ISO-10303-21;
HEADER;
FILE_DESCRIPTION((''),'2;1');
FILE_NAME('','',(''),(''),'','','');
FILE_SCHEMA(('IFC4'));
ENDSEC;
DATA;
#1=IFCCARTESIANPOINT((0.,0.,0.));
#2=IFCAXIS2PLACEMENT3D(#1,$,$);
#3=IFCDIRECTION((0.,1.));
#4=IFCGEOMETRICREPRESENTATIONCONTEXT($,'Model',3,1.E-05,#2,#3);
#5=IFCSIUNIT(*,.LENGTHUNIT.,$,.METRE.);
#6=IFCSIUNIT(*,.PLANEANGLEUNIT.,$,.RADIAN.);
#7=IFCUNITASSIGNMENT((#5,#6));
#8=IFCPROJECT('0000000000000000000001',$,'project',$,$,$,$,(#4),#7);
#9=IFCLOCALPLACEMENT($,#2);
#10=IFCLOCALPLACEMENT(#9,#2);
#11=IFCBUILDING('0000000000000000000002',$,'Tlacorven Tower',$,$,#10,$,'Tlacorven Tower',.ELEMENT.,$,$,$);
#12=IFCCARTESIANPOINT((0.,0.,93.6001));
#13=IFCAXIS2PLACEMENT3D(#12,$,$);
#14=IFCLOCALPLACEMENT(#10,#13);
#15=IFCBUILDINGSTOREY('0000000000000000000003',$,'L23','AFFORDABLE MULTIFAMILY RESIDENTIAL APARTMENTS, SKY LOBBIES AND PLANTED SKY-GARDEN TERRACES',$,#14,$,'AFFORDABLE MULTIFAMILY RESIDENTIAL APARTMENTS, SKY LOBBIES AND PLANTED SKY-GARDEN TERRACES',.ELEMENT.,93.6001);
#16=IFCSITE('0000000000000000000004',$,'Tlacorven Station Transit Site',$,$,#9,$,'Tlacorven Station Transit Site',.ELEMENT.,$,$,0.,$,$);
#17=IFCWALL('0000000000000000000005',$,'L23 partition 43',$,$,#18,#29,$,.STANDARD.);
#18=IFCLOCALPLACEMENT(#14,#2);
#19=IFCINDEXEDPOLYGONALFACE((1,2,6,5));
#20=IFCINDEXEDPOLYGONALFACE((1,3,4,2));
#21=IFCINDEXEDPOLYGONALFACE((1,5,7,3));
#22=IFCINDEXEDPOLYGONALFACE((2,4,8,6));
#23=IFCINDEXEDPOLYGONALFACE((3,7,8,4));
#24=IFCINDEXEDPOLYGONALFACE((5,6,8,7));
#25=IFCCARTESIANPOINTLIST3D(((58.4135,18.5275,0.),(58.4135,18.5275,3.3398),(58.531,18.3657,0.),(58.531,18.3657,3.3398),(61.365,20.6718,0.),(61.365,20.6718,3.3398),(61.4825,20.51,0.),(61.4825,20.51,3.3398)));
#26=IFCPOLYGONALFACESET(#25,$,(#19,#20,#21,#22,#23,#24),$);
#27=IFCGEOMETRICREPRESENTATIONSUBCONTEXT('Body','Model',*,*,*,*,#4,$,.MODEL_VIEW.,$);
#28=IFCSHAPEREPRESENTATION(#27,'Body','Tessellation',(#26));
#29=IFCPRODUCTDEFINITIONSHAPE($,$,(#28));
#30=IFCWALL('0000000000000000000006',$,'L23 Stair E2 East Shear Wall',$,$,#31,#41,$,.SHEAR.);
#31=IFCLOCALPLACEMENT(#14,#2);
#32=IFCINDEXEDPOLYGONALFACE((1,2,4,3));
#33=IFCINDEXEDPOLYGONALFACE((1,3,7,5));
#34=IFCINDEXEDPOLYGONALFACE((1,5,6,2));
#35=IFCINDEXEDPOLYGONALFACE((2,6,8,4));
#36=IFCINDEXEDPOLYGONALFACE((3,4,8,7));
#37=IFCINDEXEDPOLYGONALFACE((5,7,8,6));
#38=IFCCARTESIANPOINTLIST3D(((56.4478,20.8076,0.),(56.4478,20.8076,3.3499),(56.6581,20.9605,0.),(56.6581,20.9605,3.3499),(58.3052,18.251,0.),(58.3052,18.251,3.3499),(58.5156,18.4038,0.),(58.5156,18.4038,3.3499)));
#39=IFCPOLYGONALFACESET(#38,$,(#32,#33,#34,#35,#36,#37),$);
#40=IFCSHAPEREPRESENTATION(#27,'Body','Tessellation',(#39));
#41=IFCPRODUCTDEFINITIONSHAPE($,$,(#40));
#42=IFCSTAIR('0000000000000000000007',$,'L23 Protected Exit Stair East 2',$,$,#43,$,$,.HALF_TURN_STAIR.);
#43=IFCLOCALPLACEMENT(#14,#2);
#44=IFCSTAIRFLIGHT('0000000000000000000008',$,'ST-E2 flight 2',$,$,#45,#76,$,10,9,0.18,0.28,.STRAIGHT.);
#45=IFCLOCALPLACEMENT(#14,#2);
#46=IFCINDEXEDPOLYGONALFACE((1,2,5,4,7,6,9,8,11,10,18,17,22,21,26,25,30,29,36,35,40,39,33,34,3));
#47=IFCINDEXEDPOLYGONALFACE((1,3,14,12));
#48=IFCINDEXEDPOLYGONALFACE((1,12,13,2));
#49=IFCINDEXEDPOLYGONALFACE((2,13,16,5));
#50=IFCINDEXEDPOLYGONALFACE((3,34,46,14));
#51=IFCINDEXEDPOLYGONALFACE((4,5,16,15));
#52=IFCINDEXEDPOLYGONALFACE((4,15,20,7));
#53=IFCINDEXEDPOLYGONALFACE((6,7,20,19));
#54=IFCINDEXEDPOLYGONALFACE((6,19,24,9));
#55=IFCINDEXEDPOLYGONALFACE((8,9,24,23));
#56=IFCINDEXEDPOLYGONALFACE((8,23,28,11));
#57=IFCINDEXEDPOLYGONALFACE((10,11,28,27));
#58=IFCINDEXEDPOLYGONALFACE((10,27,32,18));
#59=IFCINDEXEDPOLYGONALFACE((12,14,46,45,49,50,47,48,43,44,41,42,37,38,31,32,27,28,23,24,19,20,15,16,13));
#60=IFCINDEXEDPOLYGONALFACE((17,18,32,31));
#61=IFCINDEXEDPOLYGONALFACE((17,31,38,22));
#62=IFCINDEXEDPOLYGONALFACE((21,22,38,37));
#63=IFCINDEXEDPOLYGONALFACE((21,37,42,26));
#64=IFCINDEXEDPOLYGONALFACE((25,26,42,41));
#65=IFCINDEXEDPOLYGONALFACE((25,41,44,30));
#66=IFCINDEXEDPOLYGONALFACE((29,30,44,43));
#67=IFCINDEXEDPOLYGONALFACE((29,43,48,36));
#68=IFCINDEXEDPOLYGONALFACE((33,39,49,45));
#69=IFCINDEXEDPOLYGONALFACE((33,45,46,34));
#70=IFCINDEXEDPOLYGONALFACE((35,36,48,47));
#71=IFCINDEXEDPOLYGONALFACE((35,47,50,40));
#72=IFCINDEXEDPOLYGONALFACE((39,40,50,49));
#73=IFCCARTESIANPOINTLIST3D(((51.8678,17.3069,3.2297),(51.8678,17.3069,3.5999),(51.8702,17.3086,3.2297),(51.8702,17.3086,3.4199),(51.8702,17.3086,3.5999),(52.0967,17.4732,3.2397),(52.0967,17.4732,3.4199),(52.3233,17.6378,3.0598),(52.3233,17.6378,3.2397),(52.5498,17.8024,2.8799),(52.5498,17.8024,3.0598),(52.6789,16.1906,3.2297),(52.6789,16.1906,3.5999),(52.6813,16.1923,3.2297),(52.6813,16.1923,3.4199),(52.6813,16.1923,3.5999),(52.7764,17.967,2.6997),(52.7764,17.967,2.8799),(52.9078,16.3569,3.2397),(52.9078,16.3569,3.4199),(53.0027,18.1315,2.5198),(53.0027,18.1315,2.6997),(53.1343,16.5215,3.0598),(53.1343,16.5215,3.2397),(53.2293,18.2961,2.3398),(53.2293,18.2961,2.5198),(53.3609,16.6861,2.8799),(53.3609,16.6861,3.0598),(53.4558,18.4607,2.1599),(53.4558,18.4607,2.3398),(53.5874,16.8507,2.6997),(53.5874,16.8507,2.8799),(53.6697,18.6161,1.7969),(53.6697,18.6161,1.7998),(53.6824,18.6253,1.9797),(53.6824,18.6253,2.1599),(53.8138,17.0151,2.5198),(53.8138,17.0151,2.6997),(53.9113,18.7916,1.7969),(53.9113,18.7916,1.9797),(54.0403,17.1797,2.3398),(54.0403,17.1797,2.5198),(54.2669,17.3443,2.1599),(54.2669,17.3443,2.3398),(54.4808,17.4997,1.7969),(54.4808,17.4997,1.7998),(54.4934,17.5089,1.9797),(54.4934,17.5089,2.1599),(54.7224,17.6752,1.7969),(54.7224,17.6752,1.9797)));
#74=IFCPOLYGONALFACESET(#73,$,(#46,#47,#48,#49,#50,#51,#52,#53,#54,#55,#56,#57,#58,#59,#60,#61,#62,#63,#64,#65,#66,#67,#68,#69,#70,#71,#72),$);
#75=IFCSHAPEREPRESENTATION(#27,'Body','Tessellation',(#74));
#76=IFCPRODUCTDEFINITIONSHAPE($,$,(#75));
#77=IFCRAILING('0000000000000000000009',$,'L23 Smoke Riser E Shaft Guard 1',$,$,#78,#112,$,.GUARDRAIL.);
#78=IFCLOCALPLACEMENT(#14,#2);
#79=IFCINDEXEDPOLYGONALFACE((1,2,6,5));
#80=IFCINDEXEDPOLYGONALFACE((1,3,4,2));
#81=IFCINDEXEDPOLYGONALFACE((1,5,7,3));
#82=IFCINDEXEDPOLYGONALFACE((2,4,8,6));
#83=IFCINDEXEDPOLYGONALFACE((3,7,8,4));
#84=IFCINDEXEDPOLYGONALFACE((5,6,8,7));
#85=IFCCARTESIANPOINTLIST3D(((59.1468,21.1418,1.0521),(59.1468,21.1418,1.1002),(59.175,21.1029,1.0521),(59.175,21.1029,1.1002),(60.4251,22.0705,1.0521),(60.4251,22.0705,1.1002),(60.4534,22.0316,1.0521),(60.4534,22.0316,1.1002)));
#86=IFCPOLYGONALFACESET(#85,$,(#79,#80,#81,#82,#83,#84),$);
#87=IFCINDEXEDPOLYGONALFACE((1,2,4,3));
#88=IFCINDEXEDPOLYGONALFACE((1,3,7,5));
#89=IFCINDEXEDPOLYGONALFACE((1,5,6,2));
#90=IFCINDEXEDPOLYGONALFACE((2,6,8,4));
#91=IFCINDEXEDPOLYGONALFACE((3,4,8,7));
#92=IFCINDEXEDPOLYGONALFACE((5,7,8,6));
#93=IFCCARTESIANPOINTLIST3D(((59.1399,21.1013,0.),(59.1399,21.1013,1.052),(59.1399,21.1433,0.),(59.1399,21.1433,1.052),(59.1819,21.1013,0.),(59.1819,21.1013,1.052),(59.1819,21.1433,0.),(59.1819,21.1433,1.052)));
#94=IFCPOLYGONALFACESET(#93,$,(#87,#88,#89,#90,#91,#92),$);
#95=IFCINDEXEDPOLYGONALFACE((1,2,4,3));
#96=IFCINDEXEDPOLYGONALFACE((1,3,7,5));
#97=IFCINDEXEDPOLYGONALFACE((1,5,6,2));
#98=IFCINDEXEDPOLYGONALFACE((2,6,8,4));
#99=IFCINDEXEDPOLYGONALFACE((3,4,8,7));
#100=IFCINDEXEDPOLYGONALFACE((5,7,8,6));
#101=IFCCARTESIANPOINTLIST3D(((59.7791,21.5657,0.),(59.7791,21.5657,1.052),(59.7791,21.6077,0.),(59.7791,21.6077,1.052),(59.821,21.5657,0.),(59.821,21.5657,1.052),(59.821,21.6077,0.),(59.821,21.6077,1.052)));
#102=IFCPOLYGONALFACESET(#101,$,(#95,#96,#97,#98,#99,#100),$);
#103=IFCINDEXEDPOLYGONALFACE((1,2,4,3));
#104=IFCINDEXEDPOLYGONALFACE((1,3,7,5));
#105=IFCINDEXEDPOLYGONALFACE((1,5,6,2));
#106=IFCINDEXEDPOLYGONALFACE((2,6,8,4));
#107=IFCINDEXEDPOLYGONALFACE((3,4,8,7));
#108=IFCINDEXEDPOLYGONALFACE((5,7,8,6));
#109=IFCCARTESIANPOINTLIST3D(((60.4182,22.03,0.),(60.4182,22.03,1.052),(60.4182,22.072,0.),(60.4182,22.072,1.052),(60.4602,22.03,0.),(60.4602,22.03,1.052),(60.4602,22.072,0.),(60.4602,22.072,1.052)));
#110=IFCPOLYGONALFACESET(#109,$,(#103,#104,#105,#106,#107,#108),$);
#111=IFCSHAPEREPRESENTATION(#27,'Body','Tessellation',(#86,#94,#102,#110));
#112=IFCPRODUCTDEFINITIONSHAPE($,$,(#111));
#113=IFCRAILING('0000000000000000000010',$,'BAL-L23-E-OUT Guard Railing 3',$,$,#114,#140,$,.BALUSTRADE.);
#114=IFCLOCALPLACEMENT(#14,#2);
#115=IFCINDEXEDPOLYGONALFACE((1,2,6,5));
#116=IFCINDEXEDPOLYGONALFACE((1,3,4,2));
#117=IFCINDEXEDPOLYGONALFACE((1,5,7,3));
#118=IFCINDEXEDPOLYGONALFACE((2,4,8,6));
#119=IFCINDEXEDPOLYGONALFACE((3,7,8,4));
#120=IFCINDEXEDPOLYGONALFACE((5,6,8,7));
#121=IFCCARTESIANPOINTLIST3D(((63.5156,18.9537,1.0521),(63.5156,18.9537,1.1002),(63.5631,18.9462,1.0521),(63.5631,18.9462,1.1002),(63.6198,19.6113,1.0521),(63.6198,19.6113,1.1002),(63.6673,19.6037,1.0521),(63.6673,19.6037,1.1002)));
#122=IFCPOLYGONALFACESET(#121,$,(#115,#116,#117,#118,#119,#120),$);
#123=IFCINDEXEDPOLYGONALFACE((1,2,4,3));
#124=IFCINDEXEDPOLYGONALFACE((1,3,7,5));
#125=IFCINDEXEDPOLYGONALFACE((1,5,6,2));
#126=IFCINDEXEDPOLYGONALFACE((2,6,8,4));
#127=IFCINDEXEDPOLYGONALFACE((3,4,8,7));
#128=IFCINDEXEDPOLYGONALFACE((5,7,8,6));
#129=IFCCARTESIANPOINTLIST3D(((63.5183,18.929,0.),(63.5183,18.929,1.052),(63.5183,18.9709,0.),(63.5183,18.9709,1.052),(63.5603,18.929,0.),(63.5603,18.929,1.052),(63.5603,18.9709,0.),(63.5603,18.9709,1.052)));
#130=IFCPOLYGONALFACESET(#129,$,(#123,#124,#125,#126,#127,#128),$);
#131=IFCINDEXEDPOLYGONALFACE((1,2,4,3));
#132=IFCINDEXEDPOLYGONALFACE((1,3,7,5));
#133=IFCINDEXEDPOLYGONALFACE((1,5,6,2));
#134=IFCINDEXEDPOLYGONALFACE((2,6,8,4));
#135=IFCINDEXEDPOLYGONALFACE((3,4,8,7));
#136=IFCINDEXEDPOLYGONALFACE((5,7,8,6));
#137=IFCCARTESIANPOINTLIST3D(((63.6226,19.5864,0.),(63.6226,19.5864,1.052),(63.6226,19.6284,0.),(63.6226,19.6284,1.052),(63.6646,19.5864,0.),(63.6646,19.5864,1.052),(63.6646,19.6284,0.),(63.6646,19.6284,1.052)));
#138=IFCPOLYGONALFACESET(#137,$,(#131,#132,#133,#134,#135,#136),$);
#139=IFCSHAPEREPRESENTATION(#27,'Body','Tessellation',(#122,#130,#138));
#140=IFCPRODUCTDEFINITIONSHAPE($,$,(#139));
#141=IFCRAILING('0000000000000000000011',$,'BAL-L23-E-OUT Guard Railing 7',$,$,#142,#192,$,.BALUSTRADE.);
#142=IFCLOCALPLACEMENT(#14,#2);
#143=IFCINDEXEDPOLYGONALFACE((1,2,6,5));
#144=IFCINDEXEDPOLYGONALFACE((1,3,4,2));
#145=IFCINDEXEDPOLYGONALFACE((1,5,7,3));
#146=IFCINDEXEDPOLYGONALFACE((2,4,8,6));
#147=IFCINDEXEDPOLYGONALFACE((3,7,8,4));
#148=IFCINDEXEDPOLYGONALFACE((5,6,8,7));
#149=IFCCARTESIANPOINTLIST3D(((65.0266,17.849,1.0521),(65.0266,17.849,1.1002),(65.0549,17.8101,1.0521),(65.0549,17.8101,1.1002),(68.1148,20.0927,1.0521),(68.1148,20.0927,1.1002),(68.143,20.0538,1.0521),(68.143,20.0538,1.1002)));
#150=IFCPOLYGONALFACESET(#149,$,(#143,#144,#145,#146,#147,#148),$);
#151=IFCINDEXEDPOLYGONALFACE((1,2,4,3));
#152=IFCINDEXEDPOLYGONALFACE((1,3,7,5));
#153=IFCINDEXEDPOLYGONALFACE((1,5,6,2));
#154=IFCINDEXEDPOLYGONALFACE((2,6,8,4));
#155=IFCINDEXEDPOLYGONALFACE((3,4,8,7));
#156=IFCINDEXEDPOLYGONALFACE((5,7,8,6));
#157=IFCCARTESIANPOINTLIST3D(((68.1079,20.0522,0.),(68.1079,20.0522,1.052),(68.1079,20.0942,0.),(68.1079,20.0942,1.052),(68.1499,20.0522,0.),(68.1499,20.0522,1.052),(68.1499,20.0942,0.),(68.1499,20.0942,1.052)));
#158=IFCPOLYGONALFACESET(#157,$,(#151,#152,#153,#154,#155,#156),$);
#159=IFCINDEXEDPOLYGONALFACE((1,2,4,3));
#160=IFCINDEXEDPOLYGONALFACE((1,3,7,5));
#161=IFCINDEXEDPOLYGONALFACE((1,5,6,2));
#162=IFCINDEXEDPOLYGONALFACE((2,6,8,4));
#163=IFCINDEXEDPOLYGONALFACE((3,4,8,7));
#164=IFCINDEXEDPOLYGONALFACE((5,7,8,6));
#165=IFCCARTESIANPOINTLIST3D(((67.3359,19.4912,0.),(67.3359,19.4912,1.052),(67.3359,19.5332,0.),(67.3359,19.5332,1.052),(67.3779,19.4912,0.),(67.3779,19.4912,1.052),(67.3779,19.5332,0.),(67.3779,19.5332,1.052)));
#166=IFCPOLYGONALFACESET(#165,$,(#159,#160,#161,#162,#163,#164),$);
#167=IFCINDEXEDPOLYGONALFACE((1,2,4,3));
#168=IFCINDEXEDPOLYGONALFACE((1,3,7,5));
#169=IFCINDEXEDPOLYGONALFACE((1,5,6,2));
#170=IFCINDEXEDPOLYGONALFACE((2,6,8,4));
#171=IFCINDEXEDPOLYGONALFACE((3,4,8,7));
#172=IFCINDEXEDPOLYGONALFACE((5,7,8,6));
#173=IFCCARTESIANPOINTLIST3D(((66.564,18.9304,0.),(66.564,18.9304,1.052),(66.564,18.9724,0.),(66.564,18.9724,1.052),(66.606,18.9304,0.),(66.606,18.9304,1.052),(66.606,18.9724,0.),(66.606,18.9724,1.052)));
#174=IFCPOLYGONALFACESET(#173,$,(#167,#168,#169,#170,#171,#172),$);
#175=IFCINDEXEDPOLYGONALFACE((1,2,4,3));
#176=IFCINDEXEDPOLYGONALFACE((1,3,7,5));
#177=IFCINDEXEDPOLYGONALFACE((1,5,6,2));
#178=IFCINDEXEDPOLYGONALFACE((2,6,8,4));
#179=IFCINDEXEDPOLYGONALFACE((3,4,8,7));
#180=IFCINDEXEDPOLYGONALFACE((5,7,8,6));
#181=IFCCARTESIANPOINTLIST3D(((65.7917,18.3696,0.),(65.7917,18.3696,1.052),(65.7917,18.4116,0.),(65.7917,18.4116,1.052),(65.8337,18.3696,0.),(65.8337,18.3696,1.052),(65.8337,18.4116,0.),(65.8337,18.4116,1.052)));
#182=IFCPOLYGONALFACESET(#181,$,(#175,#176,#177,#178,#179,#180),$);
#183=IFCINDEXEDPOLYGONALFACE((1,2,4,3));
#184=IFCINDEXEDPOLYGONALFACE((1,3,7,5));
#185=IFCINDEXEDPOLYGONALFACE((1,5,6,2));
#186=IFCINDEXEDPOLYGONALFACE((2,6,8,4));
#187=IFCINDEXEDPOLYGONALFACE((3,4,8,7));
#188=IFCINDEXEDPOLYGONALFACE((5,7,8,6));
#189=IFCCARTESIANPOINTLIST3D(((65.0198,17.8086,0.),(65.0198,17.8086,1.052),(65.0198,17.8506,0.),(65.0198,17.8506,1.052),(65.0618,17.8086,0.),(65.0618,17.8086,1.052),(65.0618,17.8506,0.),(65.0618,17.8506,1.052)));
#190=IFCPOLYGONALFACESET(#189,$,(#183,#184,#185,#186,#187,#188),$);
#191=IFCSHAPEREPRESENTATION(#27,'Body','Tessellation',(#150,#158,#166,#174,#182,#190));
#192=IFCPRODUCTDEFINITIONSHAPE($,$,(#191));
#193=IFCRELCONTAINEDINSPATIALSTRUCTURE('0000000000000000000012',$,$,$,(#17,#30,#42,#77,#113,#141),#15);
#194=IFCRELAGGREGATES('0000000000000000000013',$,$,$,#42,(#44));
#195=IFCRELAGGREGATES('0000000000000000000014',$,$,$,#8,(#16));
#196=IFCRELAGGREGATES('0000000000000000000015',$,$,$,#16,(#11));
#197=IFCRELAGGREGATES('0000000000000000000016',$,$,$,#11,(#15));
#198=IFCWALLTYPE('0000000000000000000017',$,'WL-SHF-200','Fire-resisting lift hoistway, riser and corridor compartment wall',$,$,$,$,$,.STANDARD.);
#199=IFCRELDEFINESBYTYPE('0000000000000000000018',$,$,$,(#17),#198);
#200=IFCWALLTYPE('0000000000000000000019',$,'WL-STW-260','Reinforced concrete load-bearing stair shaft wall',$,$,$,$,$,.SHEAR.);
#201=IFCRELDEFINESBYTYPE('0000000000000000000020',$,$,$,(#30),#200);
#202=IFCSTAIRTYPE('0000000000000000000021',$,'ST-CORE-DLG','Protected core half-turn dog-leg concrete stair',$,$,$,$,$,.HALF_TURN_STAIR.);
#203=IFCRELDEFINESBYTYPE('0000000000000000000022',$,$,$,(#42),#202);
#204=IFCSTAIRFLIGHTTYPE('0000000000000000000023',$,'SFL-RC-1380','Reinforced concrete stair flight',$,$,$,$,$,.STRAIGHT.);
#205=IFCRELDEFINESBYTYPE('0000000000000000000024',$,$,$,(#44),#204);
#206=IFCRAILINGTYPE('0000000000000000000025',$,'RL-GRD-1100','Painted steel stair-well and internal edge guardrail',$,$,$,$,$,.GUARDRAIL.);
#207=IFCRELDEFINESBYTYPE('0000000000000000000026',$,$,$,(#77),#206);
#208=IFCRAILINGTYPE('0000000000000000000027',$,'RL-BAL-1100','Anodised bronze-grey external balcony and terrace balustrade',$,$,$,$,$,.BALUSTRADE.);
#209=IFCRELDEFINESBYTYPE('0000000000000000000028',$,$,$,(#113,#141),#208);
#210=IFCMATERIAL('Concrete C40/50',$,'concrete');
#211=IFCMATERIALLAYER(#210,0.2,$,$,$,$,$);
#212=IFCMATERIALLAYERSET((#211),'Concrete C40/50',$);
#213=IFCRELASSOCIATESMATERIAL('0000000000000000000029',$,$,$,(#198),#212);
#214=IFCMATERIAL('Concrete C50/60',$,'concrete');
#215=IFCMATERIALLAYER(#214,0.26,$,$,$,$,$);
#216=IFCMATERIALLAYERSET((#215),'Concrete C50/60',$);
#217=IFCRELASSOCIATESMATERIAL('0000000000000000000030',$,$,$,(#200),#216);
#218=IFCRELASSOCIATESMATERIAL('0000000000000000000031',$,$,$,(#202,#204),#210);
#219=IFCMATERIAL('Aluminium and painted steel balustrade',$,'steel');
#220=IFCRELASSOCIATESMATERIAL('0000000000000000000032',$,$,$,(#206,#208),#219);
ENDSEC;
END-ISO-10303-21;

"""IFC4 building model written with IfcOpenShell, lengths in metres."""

from ifc_helpers import new_model, si_unit, direction, frame, frame_2d, origin, origin_2d, place, context, subcontext, project, spatial, polyline, rectangle, outline, extrude, source, transform, mapped, material, layer, layer_set, type_object, element, aggregate, save


model = new_model("IFC4")

# Units and contexts
model_context = context("Model", 3, precision=1e-05, world=origin(), true_north=direction((0.0, 1.0)))
body_context = subcontext(model_context, "Body", "Model", "MODEL_VIEW")
ifc_project = project(units=[si_unit("LENGTHUNIT", "METRE"), si_unit("PLANEANGLEUNIT", "RADIAN")], contexts=[model_context])

# Site, building, storey
site_placement = place(None, origin())
site = spatial("IfcSite", under=ifc_project, at=site_placement, Name="Tlacorven Station Transit Site", LongName="Tlacorven Station Transit Site", CompositionType="ELEMENT", RefElevation=0.0)
building_placement = place(site_placement, origin())
building = spatial("IfcBuilding", under=site, at=building_placement, Name="Tlacorven Tower", LongName="Tlacorven Tower", CompositionType="ELEMENT")
storey_placement = place(building_placement, frame((0.0, 0.0, 93.6001)))
storey = spatial("IfcBuildingStorey", under=building, at=storey_placement, Name="L23", Description="AFFORDABLE MULTIFAMILY RESIDENTIAL APARTMENTS, SKY LOBBIES AND PLANTED SKY-GARDEN TERRACES", LongName="AFFORDABLE MULTIFAMILY RESIDENTIAL APARTMENTS, SKY LOBBIES AND PLANTED SKY-GARDEN TERRACES", CompositionType="ELEMENT", Elevation=93.6001)

# Shared definitions
ifc_material_1 = material(Name="Concrete C40/50", Category="concrete")
ifc_layer_1 = layer(ifc_material_1, 0.2)
ifc_layer_set_1 = layer_set([ifc_layer_1], Name="Concrete C40/50")
wall_type_1 = type_object("IfcWallType", Name="WL-SHF-200", Description="Fire-resisting lift hoistway, riser and corridor compartment wall", PredefinedType="STANDARD", material=ifc_layer_set_1)

# Walls
wall_1_placement = place(storey_placement, frame((58.4722, 18.4465, 0.0), z_axis=(0.0, 0.0, 1.0), x_axis=(0.809022, 0.587778, 0.0)))
element("IfcWall", 1, at=wall_1_placement, inside=storey, type_object=wall_type_1, Name="L23 partition 43", PredefinedType="STANDARD", context=body_context, shape_type="SweptSolid", body=[
    extrude(rectangle(XDim=3.6482, YDim=0.2, at=frame_2d((1.8242, 0.0))), origin(), (0.0, 0.0, 1.0), 3.3398),
])
ifc_material_2 = material(Name="Concrete C50/60", Category="concrete")
ifc_layer_2 = layer(ifc_material_2, 0.26)
ifc_layer_set_2 = layer_set([ifc_layer_2], Name="Concrete C50/60")
wall_type_2 = type_object("IfcWallType", Name="WL-STW-260", Description="Reinforced concrete load-bearing stair shaft wall", PredefinedType="SHEAR", material=ifc_layer_set_2)
wall_2_placement = place(storey_placement, frame((58.4104, 18.3274, 0.0), z_axis=(0.0, 0.0, 1.0), x_axis=(-0.587767, 0.80903, 0.0)))
element("IfcWall", 2, at=wall_2_placement, inside=storey, type_object=wall_type_2, Name="L23 Stair E2 East Shear Wall", PredefinedType="SHEAR", context=body_context, shape_type="SweptSolid", body=[
    extrude(rectangle(XDim=3.1602, YDim=0.26, at=frame_2d((1.5801, 0.0))), origin(), (0.0, 0.0, 1.0), 3.3499),
])

# Stair, stair flight
stair_type = type_object("IfcStairType", Name="ST-CORE-DLG", Description="Protected core half-turn dog-leg concrete stair", PredefinedType="HALF_TURN_STAIR", material=ifc_material_1)
stair_placement = place(storey_placement, origin())
stair = element("IfcStair", 3, at=stair_placement, inside=storey, type_object=stair_type, Name="L23 Protected Exit Stair East 2", PredefinedType="HALF_TURN_STAIR")
stair_flight_type = type_object("IfcStairFlightType", Name="SFL-RC-1380", Description="Reinforced concrete stair flight", PredefinedType="STRAIGHT", material=ifc_material_1)
shared_shape_1 = source(origin(), body_context, "Body", "SweptSolid", [
    extrude(outline(polyline([(-0.0029, -0.0029), (-0.0029, 0.1799), (0.28, 0.1799), (0.28, 0.3601), (0.5601, 0.3601), (0.5601, 0.54), (0.8401, 0.54), (0.8401, 0.72), (1.1201, 0.72), (1.1201, 0.8999), (1.3999, 0.8999), (1.3999, 1.0801), (1.6799, 1.0801), (1.6799, 1.26), (1.96, 1.26), (1.96, 1.4399), (2.24, 1.4399), (2.24, 1.6201), (2.52, 1.6201), (2.52, 1.8), (2.5229, 1.8), (2.5229, 1.4299), (2.52, 1.4299), (0.2957, 0.0), (0.2957, -0.0029), (-0.0029, -0.0029)])), frame((0.0, 0.6899, 0.0), z_axis=(0.0, -1.0, 0.0), x_axis=(1.0, 0.0, 0.0)), (0.0, 0.0, 1.0), 1.3799),
])
stair_flight_placement = place(storey_placement, frame((54.3145, 18.2317, 1.7998), z_axis=(0.0, 0.0, 1.0), x_axis=(-0.809017, -0.587785, 0.0)))
stair_flight = element("IfcStairFlight", 4, at=stair_flight_placement, type_object=stair_flight_type, Name="ST-E2 flight 2", NumberOfRisers=10, NumberOfTreads=9, PredefinedType="STRAIGHT", RiserHeight=0.18, TreadLength=0.28, context=body_context, shape_type="MappedRepresentation", body=[
    mapped(shared_shape_1, transform((0.0, 0.0, 0.0), scale=1.0)),
])
aggregate(stair, [stair_flight])

# Railings
ifc_material_3 = material(Name="Aluminium and painted steel balustrade", Category="steel")
railing_type_1 = type_object("IfcRailingType", Name="RL-GRD-1100", Description="Painted steel stair-well and internal edge guardrail", PredefinedType="GUARDRAIL", material=ifc_material_3)
shared_shape_2 = source(origin(), body_context, "Body", "SweptSolid", [
    extrude(rectangle(XDim=0.0481, YDim=0.0481, at=origin_2d()), frame((0.0, 0.0, 1.0762), z_axis=(0.80903, 0.587767, 0.0), x_axis=(-0.587767, 0.80903, 0.0)), (0.0, 0.0, 1.0), 1.5801),
    extrude(rectangle(XDim=0.042, YDim=0.042, at=origin_2d()), origin(), (0.0, 0.0, 1.0), 1.052),
    extrude(rectangle(XDim=0.042, YDim=0.042, at=origin_2d()), frame((0.6392, 0.4644, 0.0)), (0.0, 0.0, 1.0), 1.052),
    extrude(rectangle(XDim=0.042, YDim=0.042, at=origin_2d()), frame((1.2783, 0.9287, 0.0)), (0.0, 0.0, 1.0), 1.052),
])
railing_1_placement = place(storey_placement, frame((59.1609, 21.1223, 0.0)))
element("IfcRailing", 5, at=railing_1_placement, inside=storey, type_object=railing_type_1, Name="L23 Smoke Riser E Shaft Guard 1", PredefinedType="GUARDRAIL", context=body_context, shape_type="MappedRepresentation", body=[
    mapped(shared_shape_2, transform((0.0, 0.0, 0.0), scale=1.0)),
])
railing_type_2 = type_object("IfcRailingType", Name="RL-BAL-1100", Description="Anodised bronze-grey external balcony and terrace balustrade", PredefinedType="BALUSTRADE", material=ifc_material_3)
shared_shape_3 = source(origin(), body_context, "Body", "SweptSolid", [
    extrude(rectangle(XDim=0.0481, YDim=0.0481, at=origin_2d()), frame((0.0, 0.0, 1.0762), z_axis=(0.156603, 0.987662, 0.0), x_axis=(-0.987662, 0.156603, 0.0)), (0.0, 0.0, 1.0), 0.6658),
    extrude(rectangle(XDim=0.042, YDim=0.042, at=origin_2d()), origin(), (0.0, 0.0, 1.0), 1.052),
    extrude(rectangle(XDim=0.042, YDim=0.042, at=origin_2d()), frame((0.1042, 0.6575, 0.0)), (0.0, 0.0, 1.0), 1.052),
])
railing_2_placement = place(storey_placement, frame((63.5393, 18.95, 0.0)))
element("IfcRailing", 6, at=railing_2_placement, inside=storey, type_object=railing_type_2, Name="BAL-L23-E-OUT Guard Railing 3", PredefinedType="BALUSTRADE", context=body_context, shape_type="MappedRepresentation", body=[
    mapped(shared_shape_3, transform((0.0, 0.0, 0.0), scale=1.0)),
])
shared_shape_4 = source(origin(), body_context, "Body", "SweptSolid", [
    extrude(rectangle(XDim=0.0481, YDim=0.0481, at=origin_2d()), frame((0.0, 0.0, 1.0762), z_axis=(-0.809018, -0.587784, 0.0), x_axis=(0.587784, -0.809018, 0.0)), (0.0, 0.0, 1.0), 3.8171),
    extrude(rectangle(XDim=0.042, YDim=0.042, at=origin_2d()), origin(), (0.0, 0.0, 1.0), 1.052),
    extrude(rectangle(XDim=0.042, YDim=0.042, at=origin_2d()), frame((-0.772, -0.561, 0.0)), (0.0, 0.0, 1.0), 1.052),
    extrude(rectangle(XDim=0.042, YDim=0.042, at=origin_2d()), frame((-1.5439, -1.1218, 0.0)), (0.0, 0.0, 1.0), 1.052),
    extrude(rectangle(XDim=0.042, YDim=0.042, at=origin_2d()), frame((-2.3162, -1.6826, 0.0)), (0.0, 0.0, 1.0), 1.052),
    extrude(rectangle(XDim=0.042, YDim=0.042, at=origin_2d()), frame((-3.0881, -2.2437, 0.0)), (0.0, 0.0, 1.0), 1.052),
])
railing_3_placement = place(storey_placement, frame((68.1289, 20.0732, 0.0)))
element("IfcRailing", 7, at=railing_3_placement, inside=storey, type_object=railing_type_2, Name="BAL-L23-E-OUT Guard Railing 7", PredefinedType="BALUSTRADE", context=body_context, shape_type="MappedRepresentation", body=[
    mapped(shared_shape_4, transform((0.0, 0.0, 0.0), scale=1.0)),
])

save(model, "model.ifc")
